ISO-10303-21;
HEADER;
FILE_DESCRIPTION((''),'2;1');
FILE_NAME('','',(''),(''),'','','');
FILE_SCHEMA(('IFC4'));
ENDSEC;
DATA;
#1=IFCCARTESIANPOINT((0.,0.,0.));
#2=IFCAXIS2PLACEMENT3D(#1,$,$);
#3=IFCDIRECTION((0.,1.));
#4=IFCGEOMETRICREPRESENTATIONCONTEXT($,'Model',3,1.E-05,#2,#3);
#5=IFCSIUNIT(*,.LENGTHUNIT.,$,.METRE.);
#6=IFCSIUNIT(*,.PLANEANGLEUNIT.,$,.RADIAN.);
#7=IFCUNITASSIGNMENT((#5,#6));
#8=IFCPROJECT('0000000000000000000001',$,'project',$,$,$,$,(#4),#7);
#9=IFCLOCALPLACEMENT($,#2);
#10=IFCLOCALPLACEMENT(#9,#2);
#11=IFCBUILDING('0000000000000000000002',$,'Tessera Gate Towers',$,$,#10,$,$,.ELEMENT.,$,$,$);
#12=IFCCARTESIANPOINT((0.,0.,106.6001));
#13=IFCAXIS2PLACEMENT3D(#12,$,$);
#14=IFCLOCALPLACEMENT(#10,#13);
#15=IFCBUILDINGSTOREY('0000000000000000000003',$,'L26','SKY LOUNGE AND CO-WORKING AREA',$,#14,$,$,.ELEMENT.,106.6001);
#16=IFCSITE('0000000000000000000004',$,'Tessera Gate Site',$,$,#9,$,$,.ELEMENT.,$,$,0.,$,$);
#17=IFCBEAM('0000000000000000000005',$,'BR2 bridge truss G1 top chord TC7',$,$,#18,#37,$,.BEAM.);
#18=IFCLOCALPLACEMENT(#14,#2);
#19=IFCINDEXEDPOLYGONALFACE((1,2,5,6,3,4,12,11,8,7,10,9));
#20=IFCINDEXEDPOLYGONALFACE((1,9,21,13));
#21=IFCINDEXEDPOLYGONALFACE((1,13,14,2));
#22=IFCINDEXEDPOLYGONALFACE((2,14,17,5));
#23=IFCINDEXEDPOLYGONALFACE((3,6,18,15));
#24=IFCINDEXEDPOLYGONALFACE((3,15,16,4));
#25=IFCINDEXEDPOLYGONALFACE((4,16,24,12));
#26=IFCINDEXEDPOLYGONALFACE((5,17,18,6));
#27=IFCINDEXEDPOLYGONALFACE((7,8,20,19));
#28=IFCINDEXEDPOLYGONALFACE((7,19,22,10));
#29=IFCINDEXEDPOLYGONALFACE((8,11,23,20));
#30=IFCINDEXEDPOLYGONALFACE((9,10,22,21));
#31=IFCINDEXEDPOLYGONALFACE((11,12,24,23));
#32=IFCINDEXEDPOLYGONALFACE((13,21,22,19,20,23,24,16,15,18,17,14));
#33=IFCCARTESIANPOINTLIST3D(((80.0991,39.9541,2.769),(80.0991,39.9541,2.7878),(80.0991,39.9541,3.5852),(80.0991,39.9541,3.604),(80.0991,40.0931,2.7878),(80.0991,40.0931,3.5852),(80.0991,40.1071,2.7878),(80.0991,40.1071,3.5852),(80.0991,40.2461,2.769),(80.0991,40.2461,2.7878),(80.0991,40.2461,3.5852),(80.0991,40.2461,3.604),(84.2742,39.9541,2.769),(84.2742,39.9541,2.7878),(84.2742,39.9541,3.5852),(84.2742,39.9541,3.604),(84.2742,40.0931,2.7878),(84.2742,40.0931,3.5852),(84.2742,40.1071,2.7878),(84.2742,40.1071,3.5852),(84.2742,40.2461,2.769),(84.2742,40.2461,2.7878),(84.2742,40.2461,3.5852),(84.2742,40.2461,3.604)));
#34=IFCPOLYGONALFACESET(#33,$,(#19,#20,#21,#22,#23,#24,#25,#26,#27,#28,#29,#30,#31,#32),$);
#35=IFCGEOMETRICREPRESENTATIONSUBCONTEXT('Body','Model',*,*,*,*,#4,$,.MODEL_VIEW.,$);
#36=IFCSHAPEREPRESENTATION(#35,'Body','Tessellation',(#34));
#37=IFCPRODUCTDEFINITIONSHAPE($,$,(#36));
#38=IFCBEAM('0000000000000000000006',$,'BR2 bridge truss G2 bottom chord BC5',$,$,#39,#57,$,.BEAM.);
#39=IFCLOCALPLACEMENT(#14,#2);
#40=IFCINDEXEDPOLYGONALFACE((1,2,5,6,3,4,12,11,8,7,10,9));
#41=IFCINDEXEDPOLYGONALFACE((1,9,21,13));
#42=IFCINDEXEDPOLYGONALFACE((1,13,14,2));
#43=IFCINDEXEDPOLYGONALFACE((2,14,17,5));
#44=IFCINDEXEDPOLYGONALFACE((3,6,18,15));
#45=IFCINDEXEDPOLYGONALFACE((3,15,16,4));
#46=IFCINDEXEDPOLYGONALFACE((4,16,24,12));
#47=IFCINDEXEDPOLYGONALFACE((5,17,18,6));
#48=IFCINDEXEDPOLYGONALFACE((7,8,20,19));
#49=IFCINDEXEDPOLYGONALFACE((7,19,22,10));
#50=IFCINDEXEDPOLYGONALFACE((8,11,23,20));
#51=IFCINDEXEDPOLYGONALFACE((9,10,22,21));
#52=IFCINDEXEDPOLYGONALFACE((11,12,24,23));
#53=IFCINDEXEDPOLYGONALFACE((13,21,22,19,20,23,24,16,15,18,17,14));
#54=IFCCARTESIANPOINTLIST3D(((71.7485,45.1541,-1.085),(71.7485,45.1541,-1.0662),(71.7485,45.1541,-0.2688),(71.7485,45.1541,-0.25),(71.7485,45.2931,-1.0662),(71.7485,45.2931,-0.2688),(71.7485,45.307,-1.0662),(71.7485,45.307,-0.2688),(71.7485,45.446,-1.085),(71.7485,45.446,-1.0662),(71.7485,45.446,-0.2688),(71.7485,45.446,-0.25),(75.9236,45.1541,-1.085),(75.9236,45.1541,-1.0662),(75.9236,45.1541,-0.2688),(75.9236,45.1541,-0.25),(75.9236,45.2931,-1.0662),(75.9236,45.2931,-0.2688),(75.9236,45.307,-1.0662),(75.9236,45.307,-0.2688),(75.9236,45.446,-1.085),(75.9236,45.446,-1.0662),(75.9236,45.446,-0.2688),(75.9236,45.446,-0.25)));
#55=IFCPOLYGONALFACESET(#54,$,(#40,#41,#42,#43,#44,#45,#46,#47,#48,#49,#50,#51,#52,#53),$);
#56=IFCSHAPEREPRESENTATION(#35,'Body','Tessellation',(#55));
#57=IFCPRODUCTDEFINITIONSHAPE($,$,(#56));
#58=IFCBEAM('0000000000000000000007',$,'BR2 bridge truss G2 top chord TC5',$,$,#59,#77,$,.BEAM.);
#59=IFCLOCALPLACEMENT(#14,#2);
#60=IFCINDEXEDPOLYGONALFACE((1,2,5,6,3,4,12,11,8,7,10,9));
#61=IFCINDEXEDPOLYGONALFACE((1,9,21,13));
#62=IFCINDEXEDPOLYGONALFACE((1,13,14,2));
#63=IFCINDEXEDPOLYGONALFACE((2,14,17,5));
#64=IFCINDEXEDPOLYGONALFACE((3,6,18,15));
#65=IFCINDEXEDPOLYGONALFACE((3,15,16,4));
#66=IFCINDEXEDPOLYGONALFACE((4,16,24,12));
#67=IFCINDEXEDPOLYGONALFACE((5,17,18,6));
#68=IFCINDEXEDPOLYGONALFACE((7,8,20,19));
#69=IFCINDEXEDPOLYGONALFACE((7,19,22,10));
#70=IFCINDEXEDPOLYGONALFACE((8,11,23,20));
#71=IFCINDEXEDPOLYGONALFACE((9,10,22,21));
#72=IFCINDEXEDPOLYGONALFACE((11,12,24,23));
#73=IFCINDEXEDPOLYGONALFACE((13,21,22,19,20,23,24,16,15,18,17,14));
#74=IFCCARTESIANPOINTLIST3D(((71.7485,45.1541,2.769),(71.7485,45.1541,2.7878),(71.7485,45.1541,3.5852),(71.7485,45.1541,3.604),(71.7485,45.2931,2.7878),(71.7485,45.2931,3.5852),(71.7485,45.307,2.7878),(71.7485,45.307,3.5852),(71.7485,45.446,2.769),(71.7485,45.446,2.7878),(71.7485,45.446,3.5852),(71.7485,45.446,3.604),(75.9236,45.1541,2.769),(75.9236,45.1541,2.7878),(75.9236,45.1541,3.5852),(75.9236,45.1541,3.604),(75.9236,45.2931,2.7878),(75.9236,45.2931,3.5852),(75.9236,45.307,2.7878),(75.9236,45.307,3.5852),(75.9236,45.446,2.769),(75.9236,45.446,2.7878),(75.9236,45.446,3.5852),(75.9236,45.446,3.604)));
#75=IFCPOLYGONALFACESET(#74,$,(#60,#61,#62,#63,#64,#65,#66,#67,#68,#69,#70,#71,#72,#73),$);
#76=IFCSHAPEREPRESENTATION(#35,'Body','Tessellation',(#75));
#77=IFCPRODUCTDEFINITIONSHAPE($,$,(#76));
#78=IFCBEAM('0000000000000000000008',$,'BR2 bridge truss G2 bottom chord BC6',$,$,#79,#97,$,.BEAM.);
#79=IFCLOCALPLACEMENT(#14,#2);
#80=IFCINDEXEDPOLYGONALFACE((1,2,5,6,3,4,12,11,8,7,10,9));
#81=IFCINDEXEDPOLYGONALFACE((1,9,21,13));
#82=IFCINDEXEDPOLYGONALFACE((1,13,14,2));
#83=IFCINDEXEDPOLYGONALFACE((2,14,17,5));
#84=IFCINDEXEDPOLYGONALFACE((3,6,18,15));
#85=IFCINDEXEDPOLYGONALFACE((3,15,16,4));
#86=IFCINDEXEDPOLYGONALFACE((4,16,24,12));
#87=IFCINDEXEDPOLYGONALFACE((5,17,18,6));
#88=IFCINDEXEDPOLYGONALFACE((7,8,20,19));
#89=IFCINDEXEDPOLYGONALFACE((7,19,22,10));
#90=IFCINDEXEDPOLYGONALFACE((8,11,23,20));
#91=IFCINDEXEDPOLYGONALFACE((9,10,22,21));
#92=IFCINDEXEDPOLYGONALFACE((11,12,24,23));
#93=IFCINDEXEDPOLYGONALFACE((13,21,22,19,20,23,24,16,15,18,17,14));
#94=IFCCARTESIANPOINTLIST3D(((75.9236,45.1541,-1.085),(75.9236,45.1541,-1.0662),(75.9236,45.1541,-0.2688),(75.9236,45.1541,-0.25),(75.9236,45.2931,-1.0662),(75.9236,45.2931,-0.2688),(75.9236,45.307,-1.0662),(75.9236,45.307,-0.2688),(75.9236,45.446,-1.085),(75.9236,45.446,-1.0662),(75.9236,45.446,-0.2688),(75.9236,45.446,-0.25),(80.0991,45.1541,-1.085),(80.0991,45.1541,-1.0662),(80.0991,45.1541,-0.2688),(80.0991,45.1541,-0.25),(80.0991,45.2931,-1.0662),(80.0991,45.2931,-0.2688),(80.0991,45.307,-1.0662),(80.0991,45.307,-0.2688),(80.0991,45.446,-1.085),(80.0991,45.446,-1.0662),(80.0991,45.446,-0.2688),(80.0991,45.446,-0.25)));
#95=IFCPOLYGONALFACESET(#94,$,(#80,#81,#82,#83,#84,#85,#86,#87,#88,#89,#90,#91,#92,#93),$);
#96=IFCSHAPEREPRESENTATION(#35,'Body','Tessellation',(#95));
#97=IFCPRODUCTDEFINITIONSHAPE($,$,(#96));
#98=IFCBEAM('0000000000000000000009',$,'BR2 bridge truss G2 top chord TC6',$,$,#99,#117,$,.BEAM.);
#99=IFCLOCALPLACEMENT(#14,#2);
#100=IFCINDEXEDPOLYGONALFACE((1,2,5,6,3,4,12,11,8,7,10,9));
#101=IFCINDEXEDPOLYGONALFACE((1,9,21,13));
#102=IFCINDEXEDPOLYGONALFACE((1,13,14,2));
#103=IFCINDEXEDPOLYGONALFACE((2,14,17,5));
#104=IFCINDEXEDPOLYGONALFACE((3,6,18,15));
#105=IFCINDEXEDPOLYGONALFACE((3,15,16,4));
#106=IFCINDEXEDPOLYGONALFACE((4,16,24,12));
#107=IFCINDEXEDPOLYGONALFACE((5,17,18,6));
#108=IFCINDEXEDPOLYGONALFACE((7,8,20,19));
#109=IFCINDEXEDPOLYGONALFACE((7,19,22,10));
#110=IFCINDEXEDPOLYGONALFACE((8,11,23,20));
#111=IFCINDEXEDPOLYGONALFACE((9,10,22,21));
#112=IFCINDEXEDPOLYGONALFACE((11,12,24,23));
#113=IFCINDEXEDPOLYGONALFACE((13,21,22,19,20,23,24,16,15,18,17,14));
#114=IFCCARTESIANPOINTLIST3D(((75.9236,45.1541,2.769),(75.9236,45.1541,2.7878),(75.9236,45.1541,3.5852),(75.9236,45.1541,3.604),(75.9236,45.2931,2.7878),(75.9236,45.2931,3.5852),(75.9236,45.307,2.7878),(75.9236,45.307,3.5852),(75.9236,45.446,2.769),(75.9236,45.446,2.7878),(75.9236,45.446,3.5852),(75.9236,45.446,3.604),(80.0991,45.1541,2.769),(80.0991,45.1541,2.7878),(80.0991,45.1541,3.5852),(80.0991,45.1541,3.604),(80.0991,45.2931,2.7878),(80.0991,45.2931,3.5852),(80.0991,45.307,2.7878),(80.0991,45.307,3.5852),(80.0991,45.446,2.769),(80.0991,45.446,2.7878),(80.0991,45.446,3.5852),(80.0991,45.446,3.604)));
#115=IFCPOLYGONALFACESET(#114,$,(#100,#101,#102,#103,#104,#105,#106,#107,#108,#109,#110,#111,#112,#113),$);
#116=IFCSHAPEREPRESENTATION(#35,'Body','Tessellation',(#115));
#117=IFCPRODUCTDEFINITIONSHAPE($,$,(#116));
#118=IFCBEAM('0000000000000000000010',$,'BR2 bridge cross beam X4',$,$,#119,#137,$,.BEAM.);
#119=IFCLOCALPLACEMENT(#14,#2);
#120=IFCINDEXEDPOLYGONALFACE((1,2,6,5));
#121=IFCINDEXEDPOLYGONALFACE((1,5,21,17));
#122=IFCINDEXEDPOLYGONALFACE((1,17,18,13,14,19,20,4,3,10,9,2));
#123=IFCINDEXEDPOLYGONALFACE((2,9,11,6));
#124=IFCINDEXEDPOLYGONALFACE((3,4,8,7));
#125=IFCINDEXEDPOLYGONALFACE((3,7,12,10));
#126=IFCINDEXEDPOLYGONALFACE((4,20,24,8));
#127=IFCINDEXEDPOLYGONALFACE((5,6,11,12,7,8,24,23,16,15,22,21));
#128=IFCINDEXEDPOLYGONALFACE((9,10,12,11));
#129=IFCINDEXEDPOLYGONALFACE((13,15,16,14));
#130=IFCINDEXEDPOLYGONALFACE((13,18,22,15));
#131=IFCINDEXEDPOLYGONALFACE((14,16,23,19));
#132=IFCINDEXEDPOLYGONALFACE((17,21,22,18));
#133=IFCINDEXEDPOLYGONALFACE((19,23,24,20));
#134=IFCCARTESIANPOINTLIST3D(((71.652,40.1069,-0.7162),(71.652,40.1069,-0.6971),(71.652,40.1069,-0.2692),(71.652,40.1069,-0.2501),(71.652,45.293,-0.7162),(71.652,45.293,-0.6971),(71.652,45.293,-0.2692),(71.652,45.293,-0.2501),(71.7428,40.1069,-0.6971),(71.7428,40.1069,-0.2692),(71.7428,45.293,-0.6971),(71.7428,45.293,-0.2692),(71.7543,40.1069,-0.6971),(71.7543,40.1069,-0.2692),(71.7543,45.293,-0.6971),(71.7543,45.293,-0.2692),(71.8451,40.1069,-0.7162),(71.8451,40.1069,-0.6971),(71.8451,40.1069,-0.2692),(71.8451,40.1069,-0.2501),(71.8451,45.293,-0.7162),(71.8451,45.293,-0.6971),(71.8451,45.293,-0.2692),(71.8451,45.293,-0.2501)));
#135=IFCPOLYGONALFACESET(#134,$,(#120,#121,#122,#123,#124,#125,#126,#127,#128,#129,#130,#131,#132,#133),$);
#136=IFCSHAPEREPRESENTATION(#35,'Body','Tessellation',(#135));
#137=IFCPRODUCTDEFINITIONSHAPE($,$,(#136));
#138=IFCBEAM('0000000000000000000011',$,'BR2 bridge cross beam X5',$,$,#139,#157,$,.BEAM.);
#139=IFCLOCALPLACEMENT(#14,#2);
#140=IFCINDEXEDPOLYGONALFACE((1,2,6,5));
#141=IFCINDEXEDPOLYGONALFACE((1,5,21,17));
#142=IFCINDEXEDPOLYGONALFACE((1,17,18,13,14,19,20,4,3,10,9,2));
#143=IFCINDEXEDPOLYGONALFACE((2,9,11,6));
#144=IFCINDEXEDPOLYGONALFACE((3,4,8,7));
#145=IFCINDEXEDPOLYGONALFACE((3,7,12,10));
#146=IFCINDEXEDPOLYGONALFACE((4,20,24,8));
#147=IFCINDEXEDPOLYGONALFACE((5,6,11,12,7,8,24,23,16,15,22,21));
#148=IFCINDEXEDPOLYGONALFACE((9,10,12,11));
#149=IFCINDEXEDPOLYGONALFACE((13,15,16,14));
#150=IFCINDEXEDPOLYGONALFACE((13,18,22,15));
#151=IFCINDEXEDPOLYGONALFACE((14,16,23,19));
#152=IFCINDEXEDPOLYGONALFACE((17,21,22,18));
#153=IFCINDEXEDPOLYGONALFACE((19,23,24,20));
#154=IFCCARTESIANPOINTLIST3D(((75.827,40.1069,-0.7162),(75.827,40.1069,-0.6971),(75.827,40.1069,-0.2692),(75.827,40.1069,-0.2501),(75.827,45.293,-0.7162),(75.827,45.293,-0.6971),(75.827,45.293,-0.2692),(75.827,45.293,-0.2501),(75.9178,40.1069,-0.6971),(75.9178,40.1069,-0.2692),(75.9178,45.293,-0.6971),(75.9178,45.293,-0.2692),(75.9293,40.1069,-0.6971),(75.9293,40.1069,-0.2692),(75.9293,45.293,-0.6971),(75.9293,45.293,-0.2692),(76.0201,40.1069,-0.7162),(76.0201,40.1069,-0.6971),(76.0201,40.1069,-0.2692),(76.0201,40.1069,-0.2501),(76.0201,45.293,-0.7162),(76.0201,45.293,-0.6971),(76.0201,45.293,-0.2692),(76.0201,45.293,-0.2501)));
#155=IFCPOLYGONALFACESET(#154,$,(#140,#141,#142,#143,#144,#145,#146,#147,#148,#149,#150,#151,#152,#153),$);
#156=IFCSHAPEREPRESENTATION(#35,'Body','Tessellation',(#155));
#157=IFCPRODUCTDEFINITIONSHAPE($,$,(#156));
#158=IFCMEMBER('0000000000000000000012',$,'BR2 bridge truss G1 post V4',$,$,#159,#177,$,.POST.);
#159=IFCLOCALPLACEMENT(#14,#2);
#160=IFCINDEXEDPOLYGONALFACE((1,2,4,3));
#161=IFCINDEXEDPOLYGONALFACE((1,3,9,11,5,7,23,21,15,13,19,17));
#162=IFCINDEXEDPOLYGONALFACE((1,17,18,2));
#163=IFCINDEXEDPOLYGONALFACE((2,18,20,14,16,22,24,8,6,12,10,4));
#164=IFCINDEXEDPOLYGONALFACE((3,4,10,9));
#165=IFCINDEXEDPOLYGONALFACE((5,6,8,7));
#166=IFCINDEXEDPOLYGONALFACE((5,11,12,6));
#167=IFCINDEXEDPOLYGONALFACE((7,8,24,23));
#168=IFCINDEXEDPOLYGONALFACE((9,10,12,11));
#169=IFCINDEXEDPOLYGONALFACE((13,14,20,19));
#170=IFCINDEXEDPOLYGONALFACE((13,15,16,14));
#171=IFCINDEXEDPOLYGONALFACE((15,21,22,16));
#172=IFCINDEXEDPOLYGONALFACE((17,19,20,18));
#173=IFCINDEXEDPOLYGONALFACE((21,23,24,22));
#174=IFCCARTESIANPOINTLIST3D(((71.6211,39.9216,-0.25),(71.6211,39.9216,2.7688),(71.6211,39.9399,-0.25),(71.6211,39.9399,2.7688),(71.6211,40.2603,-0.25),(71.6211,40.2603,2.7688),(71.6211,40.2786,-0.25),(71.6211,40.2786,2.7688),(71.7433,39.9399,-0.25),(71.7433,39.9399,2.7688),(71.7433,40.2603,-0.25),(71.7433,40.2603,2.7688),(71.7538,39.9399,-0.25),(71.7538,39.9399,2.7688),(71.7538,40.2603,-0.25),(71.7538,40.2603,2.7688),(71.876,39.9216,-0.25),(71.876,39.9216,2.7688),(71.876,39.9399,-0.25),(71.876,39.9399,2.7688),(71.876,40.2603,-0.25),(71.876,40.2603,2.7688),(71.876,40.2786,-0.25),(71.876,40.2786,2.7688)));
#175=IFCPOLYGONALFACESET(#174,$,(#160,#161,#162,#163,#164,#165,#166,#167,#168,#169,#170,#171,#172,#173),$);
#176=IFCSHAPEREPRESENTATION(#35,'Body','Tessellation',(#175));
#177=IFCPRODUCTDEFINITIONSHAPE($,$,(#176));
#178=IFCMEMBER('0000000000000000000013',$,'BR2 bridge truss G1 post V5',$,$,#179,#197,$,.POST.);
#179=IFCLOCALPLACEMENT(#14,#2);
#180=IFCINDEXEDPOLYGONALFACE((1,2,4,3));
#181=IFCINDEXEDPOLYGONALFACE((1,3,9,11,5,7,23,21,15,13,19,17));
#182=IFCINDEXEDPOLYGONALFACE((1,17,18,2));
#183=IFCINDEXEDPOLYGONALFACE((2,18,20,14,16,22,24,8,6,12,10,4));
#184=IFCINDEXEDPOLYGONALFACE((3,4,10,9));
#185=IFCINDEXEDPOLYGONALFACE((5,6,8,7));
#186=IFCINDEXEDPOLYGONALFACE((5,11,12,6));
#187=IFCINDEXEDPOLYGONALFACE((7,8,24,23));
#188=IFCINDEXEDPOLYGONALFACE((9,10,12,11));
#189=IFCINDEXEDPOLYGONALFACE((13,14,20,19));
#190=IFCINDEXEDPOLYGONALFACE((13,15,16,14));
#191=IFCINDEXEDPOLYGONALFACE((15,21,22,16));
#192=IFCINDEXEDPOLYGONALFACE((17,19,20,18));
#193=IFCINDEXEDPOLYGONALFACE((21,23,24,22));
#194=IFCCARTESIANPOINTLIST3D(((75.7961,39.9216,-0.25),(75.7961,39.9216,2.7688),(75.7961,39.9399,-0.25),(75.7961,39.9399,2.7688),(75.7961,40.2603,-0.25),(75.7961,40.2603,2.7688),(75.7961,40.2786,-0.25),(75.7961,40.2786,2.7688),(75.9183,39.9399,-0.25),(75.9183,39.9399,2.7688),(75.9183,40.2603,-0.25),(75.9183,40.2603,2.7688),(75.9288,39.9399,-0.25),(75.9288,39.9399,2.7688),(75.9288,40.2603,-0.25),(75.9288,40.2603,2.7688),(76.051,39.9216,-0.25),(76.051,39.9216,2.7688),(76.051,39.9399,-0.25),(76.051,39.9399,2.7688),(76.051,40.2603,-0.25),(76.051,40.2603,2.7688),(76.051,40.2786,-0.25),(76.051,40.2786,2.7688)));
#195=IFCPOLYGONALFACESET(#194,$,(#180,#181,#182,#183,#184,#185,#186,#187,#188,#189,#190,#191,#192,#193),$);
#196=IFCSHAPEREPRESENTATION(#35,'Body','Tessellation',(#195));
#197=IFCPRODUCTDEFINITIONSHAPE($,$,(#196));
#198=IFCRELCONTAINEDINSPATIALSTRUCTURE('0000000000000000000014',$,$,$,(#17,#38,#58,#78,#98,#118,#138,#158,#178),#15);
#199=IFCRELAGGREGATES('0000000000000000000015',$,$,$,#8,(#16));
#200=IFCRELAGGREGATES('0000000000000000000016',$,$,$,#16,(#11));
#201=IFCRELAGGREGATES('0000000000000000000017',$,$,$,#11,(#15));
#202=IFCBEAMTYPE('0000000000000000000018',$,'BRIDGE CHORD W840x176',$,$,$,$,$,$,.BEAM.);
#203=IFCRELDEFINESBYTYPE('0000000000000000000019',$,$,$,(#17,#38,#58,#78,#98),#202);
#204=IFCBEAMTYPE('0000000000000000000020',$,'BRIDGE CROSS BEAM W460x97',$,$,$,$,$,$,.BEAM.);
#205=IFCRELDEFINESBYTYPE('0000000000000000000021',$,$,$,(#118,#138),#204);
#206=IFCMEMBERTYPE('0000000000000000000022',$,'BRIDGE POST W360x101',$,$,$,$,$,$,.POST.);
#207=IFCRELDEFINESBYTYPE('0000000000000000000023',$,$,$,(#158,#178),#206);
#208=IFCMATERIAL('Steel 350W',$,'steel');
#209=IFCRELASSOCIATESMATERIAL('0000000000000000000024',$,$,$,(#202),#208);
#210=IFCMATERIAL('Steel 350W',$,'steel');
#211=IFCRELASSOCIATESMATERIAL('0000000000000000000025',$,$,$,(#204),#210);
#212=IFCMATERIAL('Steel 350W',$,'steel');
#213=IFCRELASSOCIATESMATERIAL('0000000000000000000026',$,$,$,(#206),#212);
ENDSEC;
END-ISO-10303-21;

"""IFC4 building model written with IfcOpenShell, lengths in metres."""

from ifc_helpers import new_model, si_unit, direction, frame, origin, origin_2d, place, context, subcontext, project, spatial, i_section, extrude, material, material_profile, profile_set, type_object, element, save


model = new_model("IFC4")

# Units and contexts
model_context = context("Model", 3, precision=1e-05, world=origin(), true_north=direction((0.0, 1.0)))
body_context = subcontext(model_context, "Body", "Model", "MODEL_VIEW")
ifc_project = project(units=[si_unit("LENGTHUNIT", "METRE"), si_unit("PLANEANGLEUNIT", "RADIAN")], contexts=[model_context])

# Site, building, storey
site_placement = place(None, origin())
site = spatial("IfcSite", under=ifc_project, at=site_placement, Name="Tessera Gate Site", CompositionType="ELEMENT", RefElevation=0.0)
building_placement = place(site_placement, origin())
building = spatial("IfcBuilding", under=site, at=building_placement, Name="Tessera Gate Towers", CompositionType="ELEMENT")
storey_placement = place(building_placement, frame((0.0, 0.0, 106.6001)))
storey = spatial("IfcBuildingStorey", under=building, at=storey_placement, Name="L26", Description="SKY LOUNGE AND CO-WORKING AREA", CompositionType="ELEMENT", Elevation=106.6001)

# Beams
ifc_material_1 = material(Name="Steel 350W", Category="steel")
ifc_material_profile_1 = material_profile(ifc_material_1, i_section(OverallWidth=0.292, OverallDepth=0.835, WebThickness=0.0139, FlangeThickness=0.0188, at=origin_2d()), Name="W840x176")
ifc_profile_set_1 = profile_set([ifc_material_profile_1], Name="Steel 350W")
beam_type_1 = type_object("IfcBeamType", Name="BRIDGE CHORD W840x176", PredefinedType="BEAM", material=ifc_profile_set_1)
for number, where, z_axis, x_axis, name in (
    (1, (80.0991, 40.1001, 3.1865), (1.0, 0.0, 0.0), (0.0, 1.0, 0.0), "BR2 bridge truss G1 top chord TC7"),
    (2, (71.7485, 45.3, -0.6675), (1.0, 0.0, 0.0), (0.0, 1.0, 0.0), "BR2 bridge truss G2 bottom chord BC5"),
    (3, (71.7485, 45.3, 3.1865), (1.0, 0.0, 0.0), (0.0, 1.0, 0.0), "BR2 bridge truss G2 top chord TC5"),
):
    element("IfcBeam", number, at=place(storey_placement, frame(where, z_axis=z_axis, x_axis=x_axis)), inside=storey, type_object=beam_type_1, Name=name, PredefinedType="BEAM", context=body_context, shape_type="SweptSolid", body=[
        extrude(i_section(OverallWidth=0.292, OverallDepth=0.835, WebThickness=0.0139, FlangeThickness=0.0188, at=origin_2d()), origin(), (0.0, 0.0, 1.0), 4.175),
    ])
for number, where, z_axis, x_axis, name in (
    (4, (75.9236, 45.3, -0.6675), (1.0, 0.0, 0.0), (0.0, 1.0, 0.0), "BR2 bridge truss G2 bottom chord BC6"),
    (5, (75.9236, 45.3, 3.1865), (1.0, 0.0, 0.0), (0.0, 1.0, 0.0), "BR2 bridge truss G2 top chord TC6"),
):
    element("IfcBeam", number, at=place(storey_placement, frame(where, z_axis=z_axis, x_axis=x_axis)), inside=storey, type_object=beam_type_1, Name=name, PredefinedType="BEAM", context=body_context, shape_type="SweptSolid", body=[
        extrude(i_section(OverallWidth=0.292, OverallDepth=0.835, WebThickness=0.0139, FlangeThickness=0.0188, at=origin_2d()), origin(), (0.0, 0.0, 1.0), 4.1755),
    ])
ifc_material_2 = material(Name="Steel 350W", Category="steel")
ifc_material_profile_2 = material_profile(ifc_material_2, i_section(OverallWidth=0.1931, OverallDepth=0.4661, WebThickness=0.0115, FlangeThickness=0.019, at=origin_2d()), Name="W460x97")
ifc_profile_set_2 = profile_set([ifc_material_profile_2], Name="Steel 350W")
beam_type_2 = type_object("IfcBeamType", Name="BRIDGE CROSS BEAM W460x97", PredefinedType="BEAM", material=ifc_profile_set_2)
for number, where, z_axis, x_axis, name in (
    (6, (71.7485, 40.1069, -0.4832), (0.0, 1.0, 0.0), (-1.0, 0.0, 0.0), "BR2 bridge cross beam X4"),
    (7, (75.9236, 40.1069, -0.4832), (0.0, 1.0, 0.0), (-1.0, 0.0, 0.0), "BR2 bridge cross beam X5"),
):
    element("IfcBeam", number, at=place(storey_placement, frame(where, z_axis=z_axis, x_axis=x_axis)), inside=storey, type_object=beam_type_2, Name=name, PredefinedType="BEAM", context=body_context, shape_type="SweptSolid", body=[
        extrude(i_section(OverallWidth=0.1931, OverallDepth=0.4661, WebThickness=0.0115, FlangeThickness=0.019, at=origin_2d()), origin(), (0.0, 0.0, 1.0), 5.186),
    ])

# Members
ifc_material_3 = material(Name="Steel 350W", Category="steel")
ifc_material_profile_3 = material_profile(ifc_material_3, i_section(OverallWidth=0.2549, OverallDepth=0.3569, WebThickness=0.0105, FlangeThickness=0.0183, at=origin_2d()), Name="W360x101")
ifc_profile_set_3 = profile_set([ifc_material_profile_3], Name="Steel 350W")
member_type_1 = type_object("IfcMemberType", Name="BRIDGE POST W360x101", PredefinedType="POST", material=ifc_profile_set_3)
for number, where, z_axis, x_axis, name in (
    (8, (71.7485, 40.1001, -0.25), (0.0, 0.0, 1.0), (1.0, 0.0, 0.0), "BR2 bridge truss G1 post V4"),
    (9, (75.9236, 40.1001, -0.25), (0.0, 0.0, 1.0), (1.0, 0.0, 0.0), "BR2 bridge truss G1 post V5"),
):
    element("IfcMember", number, at=place(storey_placement, frame(where, z_axis=z_axis, x_axis=x_axis)), inside=storey, type_object=member_type_1, Name=name, PredefinedType="POST", context=body_context, shape_type="SweptSolid", body=[
        extrude(i_section(OverallWidth=0.2549, OverallDepth=0.3569, WebThickness=0.0105, FlangeThickness=0.0183, at=origin_2d()), origin(), (0.0, 0.0, 1.0), 3.0188),
    ])

save(model, "model.ifc")
